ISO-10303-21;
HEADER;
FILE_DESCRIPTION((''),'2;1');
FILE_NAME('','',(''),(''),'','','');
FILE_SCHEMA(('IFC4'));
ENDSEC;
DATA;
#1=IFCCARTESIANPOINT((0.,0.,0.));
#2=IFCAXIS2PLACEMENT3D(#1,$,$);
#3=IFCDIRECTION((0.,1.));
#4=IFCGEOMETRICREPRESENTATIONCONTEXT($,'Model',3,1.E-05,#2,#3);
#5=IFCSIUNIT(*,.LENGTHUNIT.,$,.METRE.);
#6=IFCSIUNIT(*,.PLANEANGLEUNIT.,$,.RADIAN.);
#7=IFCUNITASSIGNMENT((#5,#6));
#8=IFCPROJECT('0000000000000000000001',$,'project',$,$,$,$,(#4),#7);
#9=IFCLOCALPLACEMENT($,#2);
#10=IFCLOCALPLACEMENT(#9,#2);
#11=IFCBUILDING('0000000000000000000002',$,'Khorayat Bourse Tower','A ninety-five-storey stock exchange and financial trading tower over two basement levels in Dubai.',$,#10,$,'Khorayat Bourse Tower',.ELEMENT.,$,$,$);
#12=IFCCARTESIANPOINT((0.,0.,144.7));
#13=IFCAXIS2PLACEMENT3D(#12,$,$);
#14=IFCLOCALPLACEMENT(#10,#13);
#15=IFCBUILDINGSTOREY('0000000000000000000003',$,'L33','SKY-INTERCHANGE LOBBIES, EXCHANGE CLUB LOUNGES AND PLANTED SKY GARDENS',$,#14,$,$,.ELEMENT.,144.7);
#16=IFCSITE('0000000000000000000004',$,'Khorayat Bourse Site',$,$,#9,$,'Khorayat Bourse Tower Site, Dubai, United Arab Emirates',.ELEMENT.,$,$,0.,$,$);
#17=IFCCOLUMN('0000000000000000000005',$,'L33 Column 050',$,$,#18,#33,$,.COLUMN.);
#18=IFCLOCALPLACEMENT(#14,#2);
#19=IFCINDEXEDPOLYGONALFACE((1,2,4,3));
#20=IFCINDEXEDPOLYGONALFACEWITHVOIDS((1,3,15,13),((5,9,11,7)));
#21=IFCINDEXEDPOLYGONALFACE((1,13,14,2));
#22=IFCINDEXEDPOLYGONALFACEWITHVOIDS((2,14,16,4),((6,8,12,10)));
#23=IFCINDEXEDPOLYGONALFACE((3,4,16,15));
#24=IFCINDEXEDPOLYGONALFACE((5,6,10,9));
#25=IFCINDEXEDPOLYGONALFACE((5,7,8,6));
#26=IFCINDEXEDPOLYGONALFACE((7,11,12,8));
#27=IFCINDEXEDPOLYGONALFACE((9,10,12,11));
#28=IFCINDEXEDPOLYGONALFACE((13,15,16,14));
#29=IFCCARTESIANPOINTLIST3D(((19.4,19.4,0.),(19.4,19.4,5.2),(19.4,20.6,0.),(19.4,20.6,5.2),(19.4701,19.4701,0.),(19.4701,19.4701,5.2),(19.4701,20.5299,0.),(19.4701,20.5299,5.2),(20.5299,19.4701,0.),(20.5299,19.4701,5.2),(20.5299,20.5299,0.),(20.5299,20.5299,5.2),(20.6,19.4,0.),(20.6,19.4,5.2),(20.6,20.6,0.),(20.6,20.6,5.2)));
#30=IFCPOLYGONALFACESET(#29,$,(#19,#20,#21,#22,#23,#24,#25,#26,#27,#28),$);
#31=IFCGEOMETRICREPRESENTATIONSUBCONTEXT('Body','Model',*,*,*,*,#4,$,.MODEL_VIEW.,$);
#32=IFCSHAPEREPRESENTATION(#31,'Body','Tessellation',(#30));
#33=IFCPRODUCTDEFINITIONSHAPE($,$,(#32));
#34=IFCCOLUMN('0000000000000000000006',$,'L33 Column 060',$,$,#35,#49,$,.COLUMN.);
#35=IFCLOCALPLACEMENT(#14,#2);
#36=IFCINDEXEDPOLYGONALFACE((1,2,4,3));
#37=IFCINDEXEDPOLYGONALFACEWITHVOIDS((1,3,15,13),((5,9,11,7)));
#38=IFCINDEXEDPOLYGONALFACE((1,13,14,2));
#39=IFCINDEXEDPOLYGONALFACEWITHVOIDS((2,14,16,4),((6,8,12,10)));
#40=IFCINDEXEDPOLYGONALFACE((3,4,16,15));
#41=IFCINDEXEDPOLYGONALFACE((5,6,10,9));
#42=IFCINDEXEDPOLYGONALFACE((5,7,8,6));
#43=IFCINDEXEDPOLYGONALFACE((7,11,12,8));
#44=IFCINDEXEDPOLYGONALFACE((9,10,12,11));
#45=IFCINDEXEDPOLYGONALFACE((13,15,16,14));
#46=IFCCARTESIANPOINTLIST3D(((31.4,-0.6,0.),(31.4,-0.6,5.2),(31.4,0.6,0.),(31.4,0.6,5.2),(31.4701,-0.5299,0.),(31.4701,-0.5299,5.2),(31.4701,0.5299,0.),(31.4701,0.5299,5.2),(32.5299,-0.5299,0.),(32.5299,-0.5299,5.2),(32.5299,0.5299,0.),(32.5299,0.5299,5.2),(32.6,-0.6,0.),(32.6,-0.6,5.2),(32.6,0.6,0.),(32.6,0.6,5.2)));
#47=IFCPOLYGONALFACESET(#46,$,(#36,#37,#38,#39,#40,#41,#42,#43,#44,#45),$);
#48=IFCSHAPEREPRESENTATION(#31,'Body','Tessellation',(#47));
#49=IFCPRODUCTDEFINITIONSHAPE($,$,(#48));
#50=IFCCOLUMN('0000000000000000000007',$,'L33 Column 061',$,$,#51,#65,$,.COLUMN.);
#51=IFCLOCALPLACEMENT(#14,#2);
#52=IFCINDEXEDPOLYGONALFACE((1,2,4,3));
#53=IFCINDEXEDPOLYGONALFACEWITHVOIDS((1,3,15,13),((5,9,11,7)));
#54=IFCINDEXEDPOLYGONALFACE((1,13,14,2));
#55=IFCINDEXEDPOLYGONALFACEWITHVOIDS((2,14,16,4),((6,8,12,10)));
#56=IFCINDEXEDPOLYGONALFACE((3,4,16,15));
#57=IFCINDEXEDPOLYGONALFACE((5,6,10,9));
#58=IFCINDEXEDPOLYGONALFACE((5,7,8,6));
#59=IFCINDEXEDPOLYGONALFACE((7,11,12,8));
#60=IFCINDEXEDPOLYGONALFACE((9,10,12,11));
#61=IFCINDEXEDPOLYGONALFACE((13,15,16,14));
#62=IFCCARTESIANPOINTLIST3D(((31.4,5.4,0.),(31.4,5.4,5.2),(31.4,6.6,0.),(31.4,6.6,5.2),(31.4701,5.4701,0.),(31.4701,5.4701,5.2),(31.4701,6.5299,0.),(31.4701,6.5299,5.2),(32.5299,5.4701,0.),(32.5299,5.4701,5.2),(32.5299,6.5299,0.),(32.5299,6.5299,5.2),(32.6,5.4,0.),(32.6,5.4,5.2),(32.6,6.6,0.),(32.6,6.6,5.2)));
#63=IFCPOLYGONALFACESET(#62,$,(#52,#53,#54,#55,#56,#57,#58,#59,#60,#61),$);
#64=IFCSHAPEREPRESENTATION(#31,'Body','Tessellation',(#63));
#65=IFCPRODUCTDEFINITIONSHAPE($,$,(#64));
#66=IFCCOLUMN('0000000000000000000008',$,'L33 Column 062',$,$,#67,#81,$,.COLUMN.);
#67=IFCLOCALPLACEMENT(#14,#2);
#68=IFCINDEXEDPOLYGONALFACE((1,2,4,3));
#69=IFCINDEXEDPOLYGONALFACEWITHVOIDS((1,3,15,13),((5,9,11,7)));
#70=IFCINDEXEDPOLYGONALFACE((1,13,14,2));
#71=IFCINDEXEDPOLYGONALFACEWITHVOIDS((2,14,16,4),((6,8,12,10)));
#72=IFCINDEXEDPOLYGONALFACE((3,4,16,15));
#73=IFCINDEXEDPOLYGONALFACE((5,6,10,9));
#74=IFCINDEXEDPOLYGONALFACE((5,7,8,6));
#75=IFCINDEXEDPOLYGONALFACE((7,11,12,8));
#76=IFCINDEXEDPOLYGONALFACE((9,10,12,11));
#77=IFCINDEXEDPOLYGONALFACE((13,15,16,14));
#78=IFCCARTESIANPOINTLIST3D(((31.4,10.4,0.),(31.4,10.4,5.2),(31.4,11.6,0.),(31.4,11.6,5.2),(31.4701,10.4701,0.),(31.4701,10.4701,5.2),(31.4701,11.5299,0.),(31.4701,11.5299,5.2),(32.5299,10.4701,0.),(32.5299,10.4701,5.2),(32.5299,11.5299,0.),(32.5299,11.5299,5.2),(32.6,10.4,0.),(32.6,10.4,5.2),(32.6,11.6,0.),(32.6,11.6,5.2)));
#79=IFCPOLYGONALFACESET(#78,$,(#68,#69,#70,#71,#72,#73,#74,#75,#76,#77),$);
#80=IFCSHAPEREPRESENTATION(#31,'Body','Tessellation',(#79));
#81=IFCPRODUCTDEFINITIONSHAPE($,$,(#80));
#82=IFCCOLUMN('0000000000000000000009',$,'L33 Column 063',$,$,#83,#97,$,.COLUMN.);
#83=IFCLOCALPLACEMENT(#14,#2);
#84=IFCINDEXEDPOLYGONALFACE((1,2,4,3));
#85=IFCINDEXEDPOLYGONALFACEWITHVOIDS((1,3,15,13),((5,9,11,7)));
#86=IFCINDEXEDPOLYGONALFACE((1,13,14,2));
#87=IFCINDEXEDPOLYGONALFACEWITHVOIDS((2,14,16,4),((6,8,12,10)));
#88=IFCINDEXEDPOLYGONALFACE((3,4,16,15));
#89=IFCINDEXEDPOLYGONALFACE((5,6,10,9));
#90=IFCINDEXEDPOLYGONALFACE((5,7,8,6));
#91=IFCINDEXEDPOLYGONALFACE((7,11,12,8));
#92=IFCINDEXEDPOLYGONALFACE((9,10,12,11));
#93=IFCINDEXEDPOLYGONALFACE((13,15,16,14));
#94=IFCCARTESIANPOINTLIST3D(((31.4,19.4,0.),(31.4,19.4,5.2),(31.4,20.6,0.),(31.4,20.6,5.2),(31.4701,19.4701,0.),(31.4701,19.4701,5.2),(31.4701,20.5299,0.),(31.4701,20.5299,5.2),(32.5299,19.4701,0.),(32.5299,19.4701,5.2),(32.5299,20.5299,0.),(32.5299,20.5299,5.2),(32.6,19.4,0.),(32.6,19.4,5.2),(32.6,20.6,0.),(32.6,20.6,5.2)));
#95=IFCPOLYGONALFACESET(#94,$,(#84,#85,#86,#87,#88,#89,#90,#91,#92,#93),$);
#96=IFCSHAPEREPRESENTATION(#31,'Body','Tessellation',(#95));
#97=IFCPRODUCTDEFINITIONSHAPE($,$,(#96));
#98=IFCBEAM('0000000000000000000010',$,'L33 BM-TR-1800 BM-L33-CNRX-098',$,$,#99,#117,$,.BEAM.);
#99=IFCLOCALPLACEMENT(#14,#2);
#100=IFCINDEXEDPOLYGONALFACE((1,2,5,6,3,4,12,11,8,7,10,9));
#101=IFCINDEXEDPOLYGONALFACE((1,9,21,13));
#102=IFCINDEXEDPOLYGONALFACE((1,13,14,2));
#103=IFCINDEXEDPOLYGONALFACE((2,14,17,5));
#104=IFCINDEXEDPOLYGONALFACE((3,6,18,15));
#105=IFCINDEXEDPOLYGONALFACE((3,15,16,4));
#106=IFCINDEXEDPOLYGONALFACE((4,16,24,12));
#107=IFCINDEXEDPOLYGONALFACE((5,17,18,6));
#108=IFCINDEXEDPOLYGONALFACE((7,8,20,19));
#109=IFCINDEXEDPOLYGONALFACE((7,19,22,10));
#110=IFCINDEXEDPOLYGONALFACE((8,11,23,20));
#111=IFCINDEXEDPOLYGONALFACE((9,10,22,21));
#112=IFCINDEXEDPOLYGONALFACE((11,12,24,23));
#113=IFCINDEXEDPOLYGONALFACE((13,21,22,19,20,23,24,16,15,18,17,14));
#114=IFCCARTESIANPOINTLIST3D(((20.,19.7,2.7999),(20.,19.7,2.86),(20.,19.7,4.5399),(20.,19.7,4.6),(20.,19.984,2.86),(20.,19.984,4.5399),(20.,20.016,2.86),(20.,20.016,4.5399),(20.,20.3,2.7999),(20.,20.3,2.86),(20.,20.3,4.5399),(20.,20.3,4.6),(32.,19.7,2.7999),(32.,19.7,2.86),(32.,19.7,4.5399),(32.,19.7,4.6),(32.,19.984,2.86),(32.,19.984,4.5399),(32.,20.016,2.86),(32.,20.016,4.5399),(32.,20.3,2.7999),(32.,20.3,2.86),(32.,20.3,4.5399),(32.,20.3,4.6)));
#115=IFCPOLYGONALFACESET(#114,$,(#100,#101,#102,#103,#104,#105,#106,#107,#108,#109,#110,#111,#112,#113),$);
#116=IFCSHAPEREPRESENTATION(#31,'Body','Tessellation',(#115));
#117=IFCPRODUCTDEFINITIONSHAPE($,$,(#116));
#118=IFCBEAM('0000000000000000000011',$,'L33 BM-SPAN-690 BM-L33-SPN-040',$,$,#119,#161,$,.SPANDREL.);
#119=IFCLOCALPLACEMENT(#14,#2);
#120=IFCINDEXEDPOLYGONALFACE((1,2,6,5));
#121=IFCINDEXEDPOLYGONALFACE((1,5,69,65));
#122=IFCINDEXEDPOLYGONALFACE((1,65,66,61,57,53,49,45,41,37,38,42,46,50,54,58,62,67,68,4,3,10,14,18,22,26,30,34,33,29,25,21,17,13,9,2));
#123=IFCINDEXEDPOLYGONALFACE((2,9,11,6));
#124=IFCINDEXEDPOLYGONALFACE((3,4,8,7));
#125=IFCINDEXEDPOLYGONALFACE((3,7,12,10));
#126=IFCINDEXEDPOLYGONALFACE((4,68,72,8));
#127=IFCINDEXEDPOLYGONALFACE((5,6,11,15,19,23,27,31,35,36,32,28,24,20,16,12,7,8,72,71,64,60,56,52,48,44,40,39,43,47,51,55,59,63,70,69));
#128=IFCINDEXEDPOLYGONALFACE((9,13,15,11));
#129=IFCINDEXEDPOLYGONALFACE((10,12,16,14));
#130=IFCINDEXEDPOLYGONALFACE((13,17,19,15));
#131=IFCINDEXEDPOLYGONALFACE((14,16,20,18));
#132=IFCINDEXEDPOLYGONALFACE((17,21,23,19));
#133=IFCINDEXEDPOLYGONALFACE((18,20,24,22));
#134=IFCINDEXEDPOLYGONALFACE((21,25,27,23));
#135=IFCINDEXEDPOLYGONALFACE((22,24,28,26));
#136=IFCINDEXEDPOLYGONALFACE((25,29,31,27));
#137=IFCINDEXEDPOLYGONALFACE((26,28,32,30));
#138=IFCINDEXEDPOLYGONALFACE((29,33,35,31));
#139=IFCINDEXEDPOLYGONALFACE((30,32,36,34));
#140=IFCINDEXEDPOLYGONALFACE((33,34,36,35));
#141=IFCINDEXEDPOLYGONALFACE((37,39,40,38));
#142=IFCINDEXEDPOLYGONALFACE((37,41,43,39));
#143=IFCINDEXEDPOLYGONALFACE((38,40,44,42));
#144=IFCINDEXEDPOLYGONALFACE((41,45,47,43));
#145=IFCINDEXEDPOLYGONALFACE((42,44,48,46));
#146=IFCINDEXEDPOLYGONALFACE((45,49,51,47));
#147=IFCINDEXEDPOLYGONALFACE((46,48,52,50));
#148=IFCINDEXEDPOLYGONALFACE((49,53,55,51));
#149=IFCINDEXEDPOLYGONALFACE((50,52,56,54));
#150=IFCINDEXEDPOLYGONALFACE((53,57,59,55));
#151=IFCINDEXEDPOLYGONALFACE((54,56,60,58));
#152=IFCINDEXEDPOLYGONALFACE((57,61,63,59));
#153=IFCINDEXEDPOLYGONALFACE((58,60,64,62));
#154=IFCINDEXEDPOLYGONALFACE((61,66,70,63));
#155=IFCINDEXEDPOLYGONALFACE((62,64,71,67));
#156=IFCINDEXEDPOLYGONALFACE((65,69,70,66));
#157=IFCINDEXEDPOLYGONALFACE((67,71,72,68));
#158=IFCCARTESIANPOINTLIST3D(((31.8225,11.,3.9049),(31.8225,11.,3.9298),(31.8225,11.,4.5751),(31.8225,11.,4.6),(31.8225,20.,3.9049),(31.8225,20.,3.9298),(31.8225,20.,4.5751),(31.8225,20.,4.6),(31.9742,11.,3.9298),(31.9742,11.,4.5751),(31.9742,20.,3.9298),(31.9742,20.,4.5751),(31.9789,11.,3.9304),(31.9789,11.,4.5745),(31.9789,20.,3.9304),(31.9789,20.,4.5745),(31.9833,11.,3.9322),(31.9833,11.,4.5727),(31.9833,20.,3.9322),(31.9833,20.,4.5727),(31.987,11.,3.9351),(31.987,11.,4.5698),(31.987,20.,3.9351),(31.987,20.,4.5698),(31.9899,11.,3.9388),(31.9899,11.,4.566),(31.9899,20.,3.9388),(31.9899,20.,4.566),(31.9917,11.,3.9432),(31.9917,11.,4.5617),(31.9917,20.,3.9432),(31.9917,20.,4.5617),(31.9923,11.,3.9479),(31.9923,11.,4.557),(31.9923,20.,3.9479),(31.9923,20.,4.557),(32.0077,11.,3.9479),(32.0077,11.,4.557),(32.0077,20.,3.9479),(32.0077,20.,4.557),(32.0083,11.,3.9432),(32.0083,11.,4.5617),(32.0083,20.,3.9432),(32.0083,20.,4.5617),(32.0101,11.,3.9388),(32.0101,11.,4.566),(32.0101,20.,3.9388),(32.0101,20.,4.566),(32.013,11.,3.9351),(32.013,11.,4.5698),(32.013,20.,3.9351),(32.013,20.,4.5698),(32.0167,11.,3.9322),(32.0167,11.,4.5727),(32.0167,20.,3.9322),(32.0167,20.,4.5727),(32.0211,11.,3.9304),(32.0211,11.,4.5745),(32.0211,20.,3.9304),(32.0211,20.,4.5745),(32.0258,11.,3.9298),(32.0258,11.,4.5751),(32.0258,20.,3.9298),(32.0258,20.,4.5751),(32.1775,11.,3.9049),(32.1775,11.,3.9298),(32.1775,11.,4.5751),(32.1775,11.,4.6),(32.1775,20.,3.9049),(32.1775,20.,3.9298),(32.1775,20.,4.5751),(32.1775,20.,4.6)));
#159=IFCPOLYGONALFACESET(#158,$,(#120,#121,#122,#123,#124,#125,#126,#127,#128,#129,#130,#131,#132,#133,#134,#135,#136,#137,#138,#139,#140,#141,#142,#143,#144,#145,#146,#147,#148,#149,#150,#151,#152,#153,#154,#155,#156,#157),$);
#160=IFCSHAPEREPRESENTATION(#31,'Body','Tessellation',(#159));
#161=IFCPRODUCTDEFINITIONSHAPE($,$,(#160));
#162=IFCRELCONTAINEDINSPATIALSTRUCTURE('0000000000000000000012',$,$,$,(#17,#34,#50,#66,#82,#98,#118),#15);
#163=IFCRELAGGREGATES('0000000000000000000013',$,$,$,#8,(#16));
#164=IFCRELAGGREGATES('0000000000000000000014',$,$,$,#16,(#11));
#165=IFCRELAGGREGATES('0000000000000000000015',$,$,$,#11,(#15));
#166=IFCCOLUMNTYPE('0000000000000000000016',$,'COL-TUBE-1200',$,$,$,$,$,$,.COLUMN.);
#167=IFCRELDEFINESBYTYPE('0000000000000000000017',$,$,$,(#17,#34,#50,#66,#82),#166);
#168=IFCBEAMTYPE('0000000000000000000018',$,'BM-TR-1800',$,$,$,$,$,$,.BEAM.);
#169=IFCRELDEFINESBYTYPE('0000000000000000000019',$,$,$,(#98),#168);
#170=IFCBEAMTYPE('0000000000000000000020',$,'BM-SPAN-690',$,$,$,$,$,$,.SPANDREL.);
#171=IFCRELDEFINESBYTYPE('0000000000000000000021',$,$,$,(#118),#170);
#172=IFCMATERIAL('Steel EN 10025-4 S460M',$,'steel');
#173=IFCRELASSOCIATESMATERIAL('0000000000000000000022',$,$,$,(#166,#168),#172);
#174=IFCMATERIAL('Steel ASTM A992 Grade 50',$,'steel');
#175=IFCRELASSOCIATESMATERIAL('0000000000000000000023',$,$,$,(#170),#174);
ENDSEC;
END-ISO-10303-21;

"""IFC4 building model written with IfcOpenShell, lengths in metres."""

from ifc_helpers import new_model, si_unit, direction, frame, origin, origin_2d, place, context, subcontext, project, spatial, hollow_rectangle, i_section, extrude, source, transform, mapped, material, material_profile, profile_set, type_object, element, save


model = new_model("IFC4")

# Units and contexts
model_context = context("Model", 3, precision=1e-05, world=origin(), true_north=direction((0.0, 1.0)))
body_context = subcontext(model_context, "Body", "Model", "MODEL_VIEW")
ifc_project = project(units=[si_unit("LENGTHUNIT", "METRE"), si_unit("PLANEANGLEUNIT", "RADIAN")], contexts=[model_context])

# Site, building, storey
site_placement = place(None, origin())
site = spatial("IfcSite", under=ifc_project, at=site_placement, Name="Khorayat Bourse Site", LongName="Khorayat Bourse Tower Site, Dubai, United Arab Emirates", CompositionType="ELEMENT", RefElevation=0.0)
building_placement = place(site_placement, origin())
building = spatial("IfcBuilding", under=site, at=building_placement, Name="Khorayat Bourse Tower", Description="A ninety-five-storey stock exchange and financial trading tower over two basement levels in Dubai.", LongName="Khorayat Bourse Tower", CompositionType="ELEMENT")
storey_placement = place(building_placement, frame((0.0, 0.0, 144.7)))
storey = spatial("IfcBuildingStorey", under=building, at=storey_placement, Name="L33", Description="SKY-INTERCHANGE LOBBIES, EXCHANGE CLUB LOUNGES AND PLANTED SKY GARDENS", CompositionType="ELEMENT", Elevation=144.7)

# Columns
ifc_material_1 = material(Name="Steel EN 10025-4 S460M", Category="steel")
ifc_material_profile_1 = material_profile(ifc_material_1, hollow_rectangle(XDim=1.2, YDim=1.2, WallThickness=0.0701, at=origin_2d()), Name="BOX 1200x1200x70")
ifc_profile_set_1 = profile_set([ifc_material_profile_1], Name="Steel EN 10025-4 S460M")
column_type = type_object("IfcColumnType", Name="COL-TUBE-1200", PredefinedType="COLUMN", material=ifc_profile_set_1)
shared_shape_1 = source(origin(), body_context, "Body", "SweptSolid", [
    extrude(hollow_rectangle(XDim=1.2, YDim=1.2, WallThickness=0.0701, at=origin_2d()), origin(), (0.0, 0.0, 1.0), 5.2),
])
for number, where, z_axis, x_axis, name in (
    (1, (20.0, 20.0, 0.0), (0.0, 0.0, 1.0), (1.0, 0.0, 0.0), "L33 Column 050"),
    (2, (32.0, 0.0, 0.0), (0.0, 0.0, 1.0), (1.0, 0.0, 0.0), "L33 Column 060"),
    (3, (32.0, 6.0, 0.0), (0.0, 0.0, 1.0), (1.0, 0.0, 0.0), "L33 Column 061"),
    (4, (32.0, 11.0, 0.0), (0.0, 0.0, 1.0), (1.0, 0.0, 0.0), "L33 Column 062"),
    (5, (32.0, 20.0, 0.0), (0.0, 0.0, 1.0), (1.0, 0.0, 0.0), "L33 Column 063"),
):
    element("IfcColumn", number, at=place(storey_placement, frame(where, z_axis=z_axis, x_axis=x_axis)), inside=storey, type_object=column_type, Name=name, PredefinedType="COLUMN", context=body_context, shape_type="MappedRepresentation", body=[
        mapped(shared_shape_1, transform((0.0, 0.0, 0.0), scale=1.0)),
    ])

# Beams
ifc_material_profile_2 = material_profile(ifc_material_1, i_section(OverallWidth=0.6001, OverallDepth=1.8, WebThickness=0.032, FlangeThickness=0.0601, at=origin_2d()), Name="PG 1800x600x32x60")
ifc_profile_set_2 = profile_set([ifc_material_profile_2], Name="Steel EN 10025-4 S460M")
beam_type_1 = type_object("IfcBeamType", Name="BM-TR-1800", PredefinedType="BEAM", material=ifc_profile_set_2)
shared_shape_2 = source(origin(), body_context, "Body", "SweptSolid", [
    extrude(i_section(OverallWidth=0.6001, OverallDepth=1.8, WebThickness=0.032, FlangeThickness=0.0601, at=origin_2d()), origin(), (0.0, 0.0, 1.0), 12.0),
])
beam_1_placement = place(storey_placement, frame((20.0, 20.0, 3.7), z_axis=(1.0, 0.0, 0.0), x_axis=(0.0, 1.0, 0.0)))
element("IfcBeam", 6, at=beam_1_placement, inside=storey, type_object=beam_type_1, Name="L33 BM-TR-1800 BM-L33-CNRX-098", PredefinedType="BEAM", context=body_context, shape_type="MappedRepresentation", body=[
    mapped(shared_shape_2, transform((0.0, 0.0, 0.0), scale=1.0)),
])
ifc_material_2 = material(Name="Steel ASTM A992 Grade 50", Category="steel")
ifc_material_profile_3 = material_profile(ifc_material_2, i_section(OverallWidth=0.355, OverallDepth=0.6951, WebThickness=0.0154, FlangeThickness=0.0249, FilletRadius=0.0181, at=origin_2d()), Name="W690X217")
ifc_profile_set_3 = profile_set([ifc_material_profile_3], Name="Steel ASTM A992 Grade 50")
beam_type_2 = type_object("IfcBeamType", Name="BM-SPAN-690", PredefinedType="SPANDREL", material=ifc_profile_set_3)
shared_shape_3 = source(origin(), body_context, "Body", "SweptSolid", [
    extrude(i_section(OverallWidth=0.355, OverallDepth=0.6951, WebThickness=0.0154, FlangeThickness=0.0249, FilletRadius=0.0181, at=origin_2d()), origin(), (0.0, 0.0, 1.0), 9.0),
])
beam_2_placement = place(storey_placement, frame((32.0, 11.0, 4.2524), z_axis=(0.0, 1.0, 0.0), x_axis=(-1.0, 0.0, 0.0)))
element("IfcBeam", 7, at=beam_2_placement, inside=storey, type_object=beam_type_2, Name="L33 BM-SPAN-690 BM-L33-SPN-040", PredefinedType="SPANDREL", context=body_context, shape_type="MappedRepresentation", body=[
    mapped(shared_shape_3, transform((0.0, 0.0, 0.0), scale=1.0)),
])

save(model, "model.ifc")
